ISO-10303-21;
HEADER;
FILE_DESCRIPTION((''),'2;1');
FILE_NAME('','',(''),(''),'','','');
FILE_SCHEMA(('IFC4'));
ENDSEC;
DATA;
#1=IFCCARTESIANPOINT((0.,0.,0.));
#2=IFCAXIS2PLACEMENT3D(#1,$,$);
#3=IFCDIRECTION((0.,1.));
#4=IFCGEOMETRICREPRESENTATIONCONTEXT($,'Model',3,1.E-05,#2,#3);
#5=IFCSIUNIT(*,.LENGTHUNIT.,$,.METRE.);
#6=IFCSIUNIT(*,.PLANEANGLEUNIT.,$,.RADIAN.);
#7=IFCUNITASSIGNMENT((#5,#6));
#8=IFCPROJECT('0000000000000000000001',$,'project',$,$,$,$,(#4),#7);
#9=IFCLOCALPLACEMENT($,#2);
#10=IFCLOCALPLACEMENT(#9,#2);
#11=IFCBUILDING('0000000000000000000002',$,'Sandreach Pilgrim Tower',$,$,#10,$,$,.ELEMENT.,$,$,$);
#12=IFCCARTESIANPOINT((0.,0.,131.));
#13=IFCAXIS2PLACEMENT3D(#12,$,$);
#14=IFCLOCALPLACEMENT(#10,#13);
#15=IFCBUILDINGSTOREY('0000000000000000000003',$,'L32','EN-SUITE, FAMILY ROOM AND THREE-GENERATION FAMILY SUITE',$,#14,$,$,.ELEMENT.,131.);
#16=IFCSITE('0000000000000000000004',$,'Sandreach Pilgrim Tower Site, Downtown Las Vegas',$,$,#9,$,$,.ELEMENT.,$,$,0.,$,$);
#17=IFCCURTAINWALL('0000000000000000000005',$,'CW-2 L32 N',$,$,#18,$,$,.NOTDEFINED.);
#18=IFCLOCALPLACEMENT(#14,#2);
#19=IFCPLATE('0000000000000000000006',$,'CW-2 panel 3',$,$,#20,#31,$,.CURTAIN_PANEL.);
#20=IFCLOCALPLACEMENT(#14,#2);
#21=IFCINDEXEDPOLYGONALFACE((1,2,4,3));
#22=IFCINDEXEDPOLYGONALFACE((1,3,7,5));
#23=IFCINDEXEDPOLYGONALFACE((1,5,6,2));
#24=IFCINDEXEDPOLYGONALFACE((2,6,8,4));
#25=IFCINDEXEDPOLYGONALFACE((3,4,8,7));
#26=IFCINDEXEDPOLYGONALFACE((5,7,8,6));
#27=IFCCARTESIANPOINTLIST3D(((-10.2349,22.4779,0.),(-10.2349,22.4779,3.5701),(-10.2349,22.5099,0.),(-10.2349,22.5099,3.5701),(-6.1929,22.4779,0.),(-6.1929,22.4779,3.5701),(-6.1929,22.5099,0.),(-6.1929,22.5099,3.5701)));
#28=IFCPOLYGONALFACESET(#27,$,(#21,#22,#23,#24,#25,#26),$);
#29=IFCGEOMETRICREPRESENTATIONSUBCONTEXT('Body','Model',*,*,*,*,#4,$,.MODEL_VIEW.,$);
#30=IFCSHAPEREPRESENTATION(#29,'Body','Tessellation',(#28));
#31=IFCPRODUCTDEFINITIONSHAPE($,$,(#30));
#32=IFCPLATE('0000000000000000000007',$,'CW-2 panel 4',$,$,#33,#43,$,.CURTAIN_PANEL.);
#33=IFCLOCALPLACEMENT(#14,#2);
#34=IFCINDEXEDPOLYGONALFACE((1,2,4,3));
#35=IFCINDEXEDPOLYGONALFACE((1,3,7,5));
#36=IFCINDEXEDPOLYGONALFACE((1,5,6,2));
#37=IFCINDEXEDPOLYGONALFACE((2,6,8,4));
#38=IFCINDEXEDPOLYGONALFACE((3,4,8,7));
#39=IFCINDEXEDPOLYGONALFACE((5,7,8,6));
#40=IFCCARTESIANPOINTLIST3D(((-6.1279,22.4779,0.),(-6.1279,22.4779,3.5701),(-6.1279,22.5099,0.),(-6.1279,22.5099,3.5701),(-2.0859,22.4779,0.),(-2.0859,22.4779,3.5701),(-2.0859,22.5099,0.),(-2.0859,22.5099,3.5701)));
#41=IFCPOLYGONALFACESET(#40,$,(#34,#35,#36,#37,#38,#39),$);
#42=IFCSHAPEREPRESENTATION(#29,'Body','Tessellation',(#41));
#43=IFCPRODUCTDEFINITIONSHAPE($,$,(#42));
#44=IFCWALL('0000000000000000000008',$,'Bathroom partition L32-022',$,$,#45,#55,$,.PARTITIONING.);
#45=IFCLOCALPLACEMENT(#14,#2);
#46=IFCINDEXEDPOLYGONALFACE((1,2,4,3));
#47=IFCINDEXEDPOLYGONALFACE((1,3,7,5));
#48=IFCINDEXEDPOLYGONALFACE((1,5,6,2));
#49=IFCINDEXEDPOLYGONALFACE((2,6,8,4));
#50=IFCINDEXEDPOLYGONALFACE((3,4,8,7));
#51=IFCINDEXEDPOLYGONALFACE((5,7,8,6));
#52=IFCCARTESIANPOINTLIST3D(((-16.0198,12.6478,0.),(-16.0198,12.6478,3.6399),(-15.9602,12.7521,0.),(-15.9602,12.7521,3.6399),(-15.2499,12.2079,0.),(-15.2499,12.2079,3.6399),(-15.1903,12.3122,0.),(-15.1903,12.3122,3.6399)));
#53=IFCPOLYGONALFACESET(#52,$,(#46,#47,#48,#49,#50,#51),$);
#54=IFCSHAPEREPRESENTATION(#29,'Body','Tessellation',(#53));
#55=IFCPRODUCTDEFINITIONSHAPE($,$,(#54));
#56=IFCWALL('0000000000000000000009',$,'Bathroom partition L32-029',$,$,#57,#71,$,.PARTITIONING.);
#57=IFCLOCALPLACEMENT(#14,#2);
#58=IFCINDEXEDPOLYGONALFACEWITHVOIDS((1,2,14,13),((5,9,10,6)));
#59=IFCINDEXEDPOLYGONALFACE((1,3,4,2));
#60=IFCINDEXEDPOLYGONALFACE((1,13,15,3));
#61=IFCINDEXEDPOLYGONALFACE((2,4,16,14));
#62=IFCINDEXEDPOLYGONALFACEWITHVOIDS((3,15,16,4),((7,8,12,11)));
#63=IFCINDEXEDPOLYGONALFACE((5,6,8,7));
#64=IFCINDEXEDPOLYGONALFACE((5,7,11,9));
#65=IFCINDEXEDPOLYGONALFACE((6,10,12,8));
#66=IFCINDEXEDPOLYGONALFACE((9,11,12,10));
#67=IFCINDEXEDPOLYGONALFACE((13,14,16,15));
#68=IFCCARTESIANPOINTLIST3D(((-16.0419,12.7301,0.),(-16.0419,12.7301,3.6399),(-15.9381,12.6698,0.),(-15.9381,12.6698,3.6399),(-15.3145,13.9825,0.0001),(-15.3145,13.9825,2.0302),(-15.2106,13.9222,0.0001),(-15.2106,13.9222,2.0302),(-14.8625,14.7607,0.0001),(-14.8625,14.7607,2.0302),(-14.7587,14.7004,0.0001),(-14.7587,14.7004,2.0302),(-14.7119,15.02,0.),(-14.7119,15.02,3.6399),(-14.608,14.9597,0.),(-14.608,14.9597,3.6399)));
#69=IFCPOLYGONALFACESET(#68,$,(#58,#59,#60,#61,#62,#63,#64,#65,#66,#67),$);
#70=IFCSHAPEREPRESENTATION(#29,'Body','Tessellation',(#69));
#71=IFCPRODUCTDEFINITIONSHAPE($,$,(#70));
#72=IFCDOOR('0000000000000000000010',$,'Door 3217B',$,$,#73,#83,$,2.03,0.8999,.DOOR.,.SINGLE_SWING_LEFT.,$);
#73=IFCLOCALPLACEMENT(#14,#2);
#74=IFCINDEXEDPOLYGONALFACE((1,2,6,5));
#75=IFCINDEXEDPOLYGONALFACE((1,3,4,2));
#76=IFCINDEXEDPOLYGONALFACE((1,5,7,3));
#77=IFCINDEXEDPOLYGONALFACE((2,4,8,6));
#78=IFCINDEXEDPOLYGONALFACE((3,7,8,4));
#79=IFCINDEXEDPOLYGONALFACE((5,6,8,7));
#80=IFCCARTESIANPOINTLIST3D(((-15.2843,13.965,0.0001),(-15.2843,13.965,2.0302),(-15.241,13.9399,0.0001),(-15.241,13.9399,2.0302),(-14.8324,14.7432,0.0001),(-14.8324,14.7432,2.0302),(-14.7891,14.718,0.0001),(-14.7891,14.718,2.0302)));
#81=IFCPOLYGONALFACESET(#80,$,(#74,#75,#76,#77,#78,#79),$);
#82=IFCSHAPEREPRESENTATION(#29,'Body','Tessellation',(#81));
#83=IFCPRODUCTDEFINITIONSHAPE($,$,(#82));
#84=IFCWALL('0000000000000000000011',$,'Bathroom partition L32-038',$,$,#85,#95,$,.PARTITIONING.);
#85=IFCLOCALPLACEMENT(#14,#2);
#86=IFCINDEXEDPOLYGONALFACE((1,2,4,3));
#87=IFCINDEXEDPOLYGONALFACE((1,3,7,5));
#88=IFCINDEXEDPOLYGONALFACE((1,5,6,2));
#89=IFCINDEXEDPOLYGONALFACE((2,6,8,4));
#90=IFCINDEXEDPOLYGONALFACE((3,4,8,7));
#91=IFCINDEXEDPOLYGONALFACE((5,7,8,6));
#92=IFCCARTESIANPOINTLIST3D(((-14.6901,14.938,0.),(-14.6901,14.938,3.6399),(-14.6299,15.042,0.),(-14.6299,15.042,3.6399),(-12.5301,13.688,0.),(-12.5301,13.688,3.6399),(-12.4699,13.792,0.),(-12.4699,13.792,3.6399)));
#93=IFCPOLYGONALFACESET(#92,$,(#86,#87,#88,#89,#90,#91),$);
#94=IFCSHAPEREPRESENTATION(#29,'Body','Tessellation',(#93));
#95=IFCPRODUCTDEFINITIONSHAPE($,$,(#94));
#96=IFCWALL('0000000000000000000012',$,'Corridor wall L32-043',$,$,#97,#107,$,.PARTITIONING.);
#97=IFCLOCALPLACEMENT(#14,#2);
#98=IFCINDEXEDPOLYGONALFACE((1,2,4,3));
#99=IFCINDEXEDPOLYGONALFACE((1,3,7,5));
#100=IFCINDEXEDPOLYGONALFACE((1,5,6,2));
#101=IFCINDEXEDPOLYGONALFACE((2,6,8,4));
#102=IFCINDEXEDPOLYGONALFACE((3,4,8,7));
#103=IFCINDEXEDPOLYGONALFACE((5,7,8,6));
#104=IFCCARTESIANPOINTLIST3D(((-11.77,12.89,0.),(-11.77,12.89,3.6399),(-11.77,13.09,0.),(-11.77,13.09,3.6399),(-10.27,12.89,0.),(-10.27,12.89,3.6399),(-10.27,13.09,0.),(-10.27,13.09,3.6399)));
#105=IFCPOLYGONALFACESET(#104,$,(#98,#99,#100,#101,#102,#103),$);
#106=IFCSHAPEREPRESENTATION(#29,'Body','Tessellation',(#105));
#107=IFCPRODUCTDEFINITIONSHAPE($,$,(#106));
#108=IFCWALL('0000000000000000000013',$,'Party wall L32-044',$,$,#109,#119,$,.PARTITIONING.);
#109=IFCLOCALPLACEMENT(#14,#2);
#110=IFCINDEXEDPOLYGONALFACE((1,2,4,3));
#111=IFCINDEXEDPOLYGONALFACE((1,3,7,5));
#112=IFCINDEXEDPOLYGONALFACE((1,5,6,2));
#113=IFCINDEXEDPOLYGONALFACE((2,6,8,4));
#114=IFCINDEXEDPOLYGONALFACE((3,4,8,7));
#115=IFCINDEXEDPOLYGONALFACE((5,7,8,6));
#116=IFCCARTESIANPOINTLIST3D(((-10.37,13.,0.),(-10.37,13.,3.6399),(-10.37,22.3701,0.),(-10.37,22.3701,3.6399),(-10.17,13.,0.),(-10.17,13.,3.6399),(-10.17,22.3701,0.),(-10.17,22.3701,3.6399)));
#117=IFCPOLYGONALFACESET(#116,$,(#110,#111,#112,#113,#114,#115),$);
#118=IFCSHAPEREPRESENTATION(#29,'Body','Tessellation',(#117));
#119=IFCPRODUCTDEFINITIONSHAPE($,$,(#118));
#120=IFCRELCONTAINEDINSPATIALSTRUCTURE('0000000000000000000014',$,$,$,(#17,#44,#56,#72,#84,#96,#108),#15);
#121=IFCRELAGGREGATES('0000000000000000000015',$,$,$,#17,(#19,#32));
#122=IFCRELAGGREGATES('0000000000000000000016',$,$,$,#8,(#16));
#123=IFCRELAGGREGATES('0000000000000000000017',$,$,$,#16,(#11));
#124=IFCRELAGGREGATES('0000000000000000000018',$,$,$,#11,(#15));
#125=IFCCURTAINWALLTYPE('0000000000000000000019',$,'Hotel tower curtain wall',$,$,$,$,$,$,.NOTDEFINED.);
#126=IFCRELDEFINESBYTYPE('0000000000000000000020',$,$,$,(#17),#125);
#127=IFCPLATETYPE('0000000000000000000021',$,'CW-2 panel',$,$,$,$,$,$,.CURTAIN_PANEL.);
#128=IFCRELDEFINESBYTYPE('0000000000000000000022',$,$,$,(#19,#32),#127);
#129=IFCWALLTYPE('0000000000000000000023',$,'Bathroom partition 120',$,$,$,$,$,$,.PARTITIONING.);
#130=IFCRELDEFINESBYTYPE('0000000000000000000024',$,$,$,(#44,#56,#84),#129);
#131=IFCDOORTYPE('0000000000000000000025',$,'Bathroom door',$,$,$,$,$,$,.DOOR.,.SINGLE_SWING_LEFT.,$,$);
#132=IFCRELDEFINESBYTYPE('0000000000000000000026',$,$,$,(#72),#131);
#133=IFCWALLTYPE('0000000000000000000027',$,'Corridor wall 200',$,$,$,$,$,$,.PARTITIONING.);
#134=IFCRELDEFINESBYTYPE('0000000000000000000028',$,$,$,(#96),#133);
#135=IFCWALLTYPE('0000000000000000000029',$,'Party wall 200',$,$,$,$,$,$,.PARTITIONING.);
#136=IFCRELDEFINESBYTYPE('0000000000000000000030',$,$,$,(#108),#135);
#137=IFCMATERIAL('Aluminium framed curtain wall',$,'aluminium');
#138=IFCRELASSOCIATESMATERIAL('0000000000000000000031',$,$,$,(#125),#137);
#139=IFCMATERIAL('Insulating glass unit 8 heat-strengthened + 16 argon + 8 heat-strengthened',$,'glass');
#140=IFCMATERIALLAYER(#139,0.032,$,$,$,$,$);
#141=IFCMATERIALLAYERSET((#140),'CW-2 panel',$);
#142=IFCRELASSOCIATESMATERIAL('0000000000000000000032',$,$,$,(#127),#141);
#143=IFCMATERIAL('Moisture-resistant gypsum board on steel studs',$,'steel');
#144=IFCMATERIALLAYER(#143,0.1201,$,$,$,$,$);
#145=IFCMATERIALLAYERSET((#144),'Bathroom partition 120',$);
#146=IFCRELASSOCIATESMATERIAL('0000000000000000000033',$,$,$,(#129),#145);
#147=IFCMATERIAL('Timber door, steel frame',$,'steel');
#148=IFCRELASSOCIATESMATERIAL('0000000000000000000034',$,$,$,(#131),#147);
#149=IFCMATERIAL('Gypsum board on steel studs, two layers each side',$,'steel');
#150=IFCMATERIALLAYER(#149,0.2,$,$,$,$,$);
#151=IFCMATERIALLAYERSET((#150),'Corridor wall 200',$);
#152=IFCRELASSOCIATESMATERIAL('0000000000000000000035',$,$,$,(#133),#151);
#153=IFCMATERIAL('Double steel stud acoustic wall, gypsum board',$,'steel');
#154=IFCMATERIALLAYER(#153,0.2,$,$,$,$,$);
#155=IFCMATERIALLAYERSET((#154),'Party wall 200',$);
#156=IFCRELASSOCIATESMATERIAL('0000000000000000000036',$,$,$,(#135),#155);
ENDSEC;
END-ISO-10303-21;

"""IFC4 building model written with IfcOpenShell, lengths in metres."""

from ifc_helpers import new_model, si_unit, direction, frame, frame_2d, origin, origin_2d, place, context, subcontext, project, spatial, rectangle, extrude, material, layer, layer_set, type_object, element, fill, aggregate, save


model = new_model("IFC4")

# Units and contexts
model_context = context("Model", 3, precision=1e-05, world=origin(), true_north=direction((0.0, 1.0)))
body_context = subcontext(model_context, "Body", "Model", "MODEL_VIEW")
ifc_project = project(units=[si_unit("LENGTHUNIT", "METRE"), si_unit("PLANEANGLEUNIT", "RADIAN")], contexts=[model_context])

# Site, building, storey
site_placement = place(None, origin())
site = spatial("IfcSite", under=ifc_project, at=site_placement, Name="Sandreach Pilgrim Tower Site, Downtown Las Vegas", CompositionType="ELEMENT", RefElevation=0.0)
building_placement = place(site_placement, origin())
building = spatial("IfcBuilding", under=site, at=building_placement, Name="Sandreach Pilgrim Tower", CompositionType="ELEMENT")
storey_placement = place(building_placement, frame((0.0, 0.0, 131.0)))
storey = spatial("IfcBuildingStorey", under=building, at=storey_placement, Name="L32", Description="EN-SUITE, FAMILY ROOM AND THREE-GENERATION FAMILY SUITE", CompositionType="ELEMENT", Elevation=131.0)

# Curtain wall
ifc_material_1 = material(Name="Aluminium framed curtain wall", Category="aluminium")
curtain_wall_type = type_object("IfcCurtainWallType", Name="Hotel tower curtain wall", PredefinedType="NOTDEFINED", material=ifc_material_1)
curtain_wall_placement = place(storey_placement, origin())
curtain_wall = element("IfcCurtainWall", 1, at=curtain_wall_placement, inside=storey, type_object=curtain_wall_type, Name="CW-2 L32 N", PredefinedType="NOTDEFINED")

# Plates
ifc_material_2 = material(Name="Insulating glass unit 8 heat-strengthened + 16 argon + 8 heat-strengthened", Category="glass")
ifc_layer_1 = layer(ifc_material_2, 0.032)
ifc_layer_set_1 = layer_set([ifc_layer_1], Name="CW-2 panel")
plate_type = type_object("IfcPlateType", Name="CW-2 panel", PredefinedType="CURTAIN_PANEL", material=ifc_layer_set_1)
plate_1_placement = place(storey_placement, frame((-8.2139, 22.4939, 0.0), z_axis=(0.0, 0.0, 1.0), x_axis=(1.0, 0.0, 0.0)))
plate_1 = element("IfcPlate", 2, at=plate_1_placement, type_object=plate_type, Name="CW-2 panel 3", PredefinedType="CURTAIN_PANEL", context=body_context, shape_type="SweptSolid", body=[
    extrude(rectangle(XDim=4.042, YDim=0.032, at=origin_2d()), origin(), (0.0, 0.0, 1.0), 3.5701),
])
plate_2_placement = place(storey_placement, frame((-4.1069, 22.4939, 0.0), z_axis=(0.0, 0.0, 1.0), x_axis=(1.0, 0.0, 0.0)))
plate_2 = element("IfcPlate", 3, at=plate_2_placement, type_object=plate_type, Name="CW-2 panel 4", PredefinedType="CURTAIN_PANEL", context=body_context, shape_type="SweptSolid", body=[
    extrude(rectangle(XDim=4.042, YDim=0.032, at=origin_2d()), origin(), (0.0, 0.0, 1.0), 3.5701),
])
aggregate(curtain_wall, [plate_1, plate_2])

# Wall
ifc_material_3 = material(Name="Moisture-resistant gypsum board on steel studs", Category="steel")
ifc_layer_2 = layer(ifc_material_3, 0.1201)
ifc_layer_set_2 = layer_set([ifc_layer_2], Name="Bathroom partition 120")
wall_type_1 = type_object("IfcWallType", Name="Bathroom partition 120", PredefinedType="PARTITIONING", material=ifc_layer_set_2)
wall_1_placement = place(storey_placement, frame((-15.99, 12.7, 0.0), z_axis=(0.0, 0.0, 1.0), x_axis=(0.868277, -0.49608, 0.0)))
element("IfcWall", 4, at=wall_1_placement, inside=storey, type_object=wall_type_1, Name="Bathroom partition L32-022", PredefinedType="PARTITIONING", context=body_context, shape_type="SweptSolid", body=[
    extrude(rectangle(XDim=0.8867, YDim=0.1201, at=frame_2d((0.4434, 0.0))), origin(), (0.0, 0.0, 1.0), 3.6399),
])

# Wall, opening, door
wall_2_placement = place(storey_placement, frame((-14.6599, 14.99, 0.0), z_axis=(0.0, 0.0, 1.0), x_axis=(-0.502242, -0.864727, 0.0)))
wall_2 = element("IfcWall", 5, at=wall_2_placement, inside=storey, type_object=wall_type_1, Name="Bathroom partition L32-029", PredefinedType="PARTITIONING", context=body_context, shape_type="SweptSolid", body=[
    extrude(rectangle(XDim=2.6482, YDim=0.1201, at=frame_2d((1.3242, 0.0))), origin(), (0.0, 0.0, 1.0), 3.6399),
])
opening_placement = place(wall_2_placement, frame((0.3, 0.0, 0.0)))
opening = element("IfcOpeningElement", 6, at=opening_placement, cuts=wall_2, PredefinedType="OPENING", context=body_context, shape_type="SweptSolid", body=[
    extrude(rectangle(XDim=0.8999, YDim=2.03, at=frame_2d((0.45, 1.0151))), frame((0.0, 0.0601, 0.0), z_axis=(0.0, -1.0, 0.0), x_axis=(1.0, 0.0, 0.0)), (0.0, 0.0, 1.0), 0.1201),
])
ifc_material_4 = material(Name="Timber door, steel frame", Category="steel")
door_type = type_object("IfcDoorType", Name="Bathroom door", OperationType="SINGLE_SWING_LEFT", PredefinedType="DOOR", material=ifc_material_4)
door_placement = place(opening_placement, origin())
door = element("IfcDoor", 7, at=door_placement, inside=storey, type_object=door_type, Name="Door 3217B", OperationType="SINGLE_SWING_LEFT", OverallHeight=2.03, OverallWidth=0.8999, PredefinedType="DOOR", context=body_context, shape_type="SweptSolid", body=[
    extrude(rectangle(XDim=0.8999, YDim=2.03, at=frame_2d((0.45, 1.0151))), frame((0.0, 0.0249, 0.0), z_axis=(0.0, -1.0, 0.0), x_axis=(1.0, 0.0, 0.0)), (0.0, 0.0, 1.0), 0.05),
])
fill(opening, door)

# Walls
wall_3_placement = place(storey_placement, frame((-12.5, 13.74, 0.0), z_axis=(0.0, 0.0, 1.0), x_axis=(-0.865509, 0.500894, 0.0)))
element("IfcWall", 8, at=wall_3_placement, inside=storey, type_object=wall_type_1, Name="Bathroom partition L32-038", PredefinedType="PARTITIONING", context=body_context, shape_type="SweptSolid", body=[
    extrude(rectangle(XDim=2.4956, YDim=0.1201, at=frame_2d((1.2478, 0.0))), origin(), (0.0, 0.0, 1.0), 3.6399),
])
ifc_material_5 = material(Name="Gypsum board on steel studs, two layers each side", Category="steel")
ifc_layer_3 = layer(ifc_material_5, 0.2)
ifc_layer_set_3 = layer_set([ifc_layer_3], Name="Corridor wall 200")
wall_type_2 = type_object("IfcWallType", Name="Corridor wall 200", PredefinedType="PARTITIONING", material=ifc_layer_set_3)
wall_4_placement = place(storey_placement, frame((-10.27, 12.99, 0.0), z_axis=(0.0, 0.0, 1.0), x_axis=(-1.0, 0.0, 0.0)))
element("IfcWall", 9, at=wall_4_placement, inside=storey, type_object=wall_type_2, Name="Corridor wall L32-043", PredefinedType="PARTITIONING", context=body_context, shape_type="SweptSolid", body=[
    extrude(rectangle(XDim=1.5, YDim=0.2, at=frame_2d((0.75, 0.0))), origin(), (0.0, 0.0, 1.0), 3.6399),
])
ifc_material_6 = material(Name="Double steel stud acoustic wall, gypsum board", Category="steel")
ifc_layer_4 = layer(ifc_material_6, 0.2)
ifc_layer_set_4 = layer_set([ifc_layer_4], Name="Party wall 200")
wall_type_3 = type_object("IfcWallType", Name="Party wall 200", PredefinedType="PARTITIONING", material=ifc_layer_set_4)
wall_5_placement = place(storey_placement, frame((-10.27, 13.0, 0.0), z_axis=(0.0, 0.0, 1.0), x_axis=(0.0, 1.0, 0.0)))
element("IfcWall", 10, at=wall_5_placement, inside=storey, type_object=wall_type_3, Name="Party wall L32-044", PredefinedType="PARTITIONING", context=body_context, shape_type="SweptSolid", body=[
    extrude(rectangle(XDim=9.3701, YDim=0.2, at=frame_2d((4.6851, 0.0))), origin(), (0.0, 0.0, 1.0), 3.6399),
])

save(model, "model.ifc")
